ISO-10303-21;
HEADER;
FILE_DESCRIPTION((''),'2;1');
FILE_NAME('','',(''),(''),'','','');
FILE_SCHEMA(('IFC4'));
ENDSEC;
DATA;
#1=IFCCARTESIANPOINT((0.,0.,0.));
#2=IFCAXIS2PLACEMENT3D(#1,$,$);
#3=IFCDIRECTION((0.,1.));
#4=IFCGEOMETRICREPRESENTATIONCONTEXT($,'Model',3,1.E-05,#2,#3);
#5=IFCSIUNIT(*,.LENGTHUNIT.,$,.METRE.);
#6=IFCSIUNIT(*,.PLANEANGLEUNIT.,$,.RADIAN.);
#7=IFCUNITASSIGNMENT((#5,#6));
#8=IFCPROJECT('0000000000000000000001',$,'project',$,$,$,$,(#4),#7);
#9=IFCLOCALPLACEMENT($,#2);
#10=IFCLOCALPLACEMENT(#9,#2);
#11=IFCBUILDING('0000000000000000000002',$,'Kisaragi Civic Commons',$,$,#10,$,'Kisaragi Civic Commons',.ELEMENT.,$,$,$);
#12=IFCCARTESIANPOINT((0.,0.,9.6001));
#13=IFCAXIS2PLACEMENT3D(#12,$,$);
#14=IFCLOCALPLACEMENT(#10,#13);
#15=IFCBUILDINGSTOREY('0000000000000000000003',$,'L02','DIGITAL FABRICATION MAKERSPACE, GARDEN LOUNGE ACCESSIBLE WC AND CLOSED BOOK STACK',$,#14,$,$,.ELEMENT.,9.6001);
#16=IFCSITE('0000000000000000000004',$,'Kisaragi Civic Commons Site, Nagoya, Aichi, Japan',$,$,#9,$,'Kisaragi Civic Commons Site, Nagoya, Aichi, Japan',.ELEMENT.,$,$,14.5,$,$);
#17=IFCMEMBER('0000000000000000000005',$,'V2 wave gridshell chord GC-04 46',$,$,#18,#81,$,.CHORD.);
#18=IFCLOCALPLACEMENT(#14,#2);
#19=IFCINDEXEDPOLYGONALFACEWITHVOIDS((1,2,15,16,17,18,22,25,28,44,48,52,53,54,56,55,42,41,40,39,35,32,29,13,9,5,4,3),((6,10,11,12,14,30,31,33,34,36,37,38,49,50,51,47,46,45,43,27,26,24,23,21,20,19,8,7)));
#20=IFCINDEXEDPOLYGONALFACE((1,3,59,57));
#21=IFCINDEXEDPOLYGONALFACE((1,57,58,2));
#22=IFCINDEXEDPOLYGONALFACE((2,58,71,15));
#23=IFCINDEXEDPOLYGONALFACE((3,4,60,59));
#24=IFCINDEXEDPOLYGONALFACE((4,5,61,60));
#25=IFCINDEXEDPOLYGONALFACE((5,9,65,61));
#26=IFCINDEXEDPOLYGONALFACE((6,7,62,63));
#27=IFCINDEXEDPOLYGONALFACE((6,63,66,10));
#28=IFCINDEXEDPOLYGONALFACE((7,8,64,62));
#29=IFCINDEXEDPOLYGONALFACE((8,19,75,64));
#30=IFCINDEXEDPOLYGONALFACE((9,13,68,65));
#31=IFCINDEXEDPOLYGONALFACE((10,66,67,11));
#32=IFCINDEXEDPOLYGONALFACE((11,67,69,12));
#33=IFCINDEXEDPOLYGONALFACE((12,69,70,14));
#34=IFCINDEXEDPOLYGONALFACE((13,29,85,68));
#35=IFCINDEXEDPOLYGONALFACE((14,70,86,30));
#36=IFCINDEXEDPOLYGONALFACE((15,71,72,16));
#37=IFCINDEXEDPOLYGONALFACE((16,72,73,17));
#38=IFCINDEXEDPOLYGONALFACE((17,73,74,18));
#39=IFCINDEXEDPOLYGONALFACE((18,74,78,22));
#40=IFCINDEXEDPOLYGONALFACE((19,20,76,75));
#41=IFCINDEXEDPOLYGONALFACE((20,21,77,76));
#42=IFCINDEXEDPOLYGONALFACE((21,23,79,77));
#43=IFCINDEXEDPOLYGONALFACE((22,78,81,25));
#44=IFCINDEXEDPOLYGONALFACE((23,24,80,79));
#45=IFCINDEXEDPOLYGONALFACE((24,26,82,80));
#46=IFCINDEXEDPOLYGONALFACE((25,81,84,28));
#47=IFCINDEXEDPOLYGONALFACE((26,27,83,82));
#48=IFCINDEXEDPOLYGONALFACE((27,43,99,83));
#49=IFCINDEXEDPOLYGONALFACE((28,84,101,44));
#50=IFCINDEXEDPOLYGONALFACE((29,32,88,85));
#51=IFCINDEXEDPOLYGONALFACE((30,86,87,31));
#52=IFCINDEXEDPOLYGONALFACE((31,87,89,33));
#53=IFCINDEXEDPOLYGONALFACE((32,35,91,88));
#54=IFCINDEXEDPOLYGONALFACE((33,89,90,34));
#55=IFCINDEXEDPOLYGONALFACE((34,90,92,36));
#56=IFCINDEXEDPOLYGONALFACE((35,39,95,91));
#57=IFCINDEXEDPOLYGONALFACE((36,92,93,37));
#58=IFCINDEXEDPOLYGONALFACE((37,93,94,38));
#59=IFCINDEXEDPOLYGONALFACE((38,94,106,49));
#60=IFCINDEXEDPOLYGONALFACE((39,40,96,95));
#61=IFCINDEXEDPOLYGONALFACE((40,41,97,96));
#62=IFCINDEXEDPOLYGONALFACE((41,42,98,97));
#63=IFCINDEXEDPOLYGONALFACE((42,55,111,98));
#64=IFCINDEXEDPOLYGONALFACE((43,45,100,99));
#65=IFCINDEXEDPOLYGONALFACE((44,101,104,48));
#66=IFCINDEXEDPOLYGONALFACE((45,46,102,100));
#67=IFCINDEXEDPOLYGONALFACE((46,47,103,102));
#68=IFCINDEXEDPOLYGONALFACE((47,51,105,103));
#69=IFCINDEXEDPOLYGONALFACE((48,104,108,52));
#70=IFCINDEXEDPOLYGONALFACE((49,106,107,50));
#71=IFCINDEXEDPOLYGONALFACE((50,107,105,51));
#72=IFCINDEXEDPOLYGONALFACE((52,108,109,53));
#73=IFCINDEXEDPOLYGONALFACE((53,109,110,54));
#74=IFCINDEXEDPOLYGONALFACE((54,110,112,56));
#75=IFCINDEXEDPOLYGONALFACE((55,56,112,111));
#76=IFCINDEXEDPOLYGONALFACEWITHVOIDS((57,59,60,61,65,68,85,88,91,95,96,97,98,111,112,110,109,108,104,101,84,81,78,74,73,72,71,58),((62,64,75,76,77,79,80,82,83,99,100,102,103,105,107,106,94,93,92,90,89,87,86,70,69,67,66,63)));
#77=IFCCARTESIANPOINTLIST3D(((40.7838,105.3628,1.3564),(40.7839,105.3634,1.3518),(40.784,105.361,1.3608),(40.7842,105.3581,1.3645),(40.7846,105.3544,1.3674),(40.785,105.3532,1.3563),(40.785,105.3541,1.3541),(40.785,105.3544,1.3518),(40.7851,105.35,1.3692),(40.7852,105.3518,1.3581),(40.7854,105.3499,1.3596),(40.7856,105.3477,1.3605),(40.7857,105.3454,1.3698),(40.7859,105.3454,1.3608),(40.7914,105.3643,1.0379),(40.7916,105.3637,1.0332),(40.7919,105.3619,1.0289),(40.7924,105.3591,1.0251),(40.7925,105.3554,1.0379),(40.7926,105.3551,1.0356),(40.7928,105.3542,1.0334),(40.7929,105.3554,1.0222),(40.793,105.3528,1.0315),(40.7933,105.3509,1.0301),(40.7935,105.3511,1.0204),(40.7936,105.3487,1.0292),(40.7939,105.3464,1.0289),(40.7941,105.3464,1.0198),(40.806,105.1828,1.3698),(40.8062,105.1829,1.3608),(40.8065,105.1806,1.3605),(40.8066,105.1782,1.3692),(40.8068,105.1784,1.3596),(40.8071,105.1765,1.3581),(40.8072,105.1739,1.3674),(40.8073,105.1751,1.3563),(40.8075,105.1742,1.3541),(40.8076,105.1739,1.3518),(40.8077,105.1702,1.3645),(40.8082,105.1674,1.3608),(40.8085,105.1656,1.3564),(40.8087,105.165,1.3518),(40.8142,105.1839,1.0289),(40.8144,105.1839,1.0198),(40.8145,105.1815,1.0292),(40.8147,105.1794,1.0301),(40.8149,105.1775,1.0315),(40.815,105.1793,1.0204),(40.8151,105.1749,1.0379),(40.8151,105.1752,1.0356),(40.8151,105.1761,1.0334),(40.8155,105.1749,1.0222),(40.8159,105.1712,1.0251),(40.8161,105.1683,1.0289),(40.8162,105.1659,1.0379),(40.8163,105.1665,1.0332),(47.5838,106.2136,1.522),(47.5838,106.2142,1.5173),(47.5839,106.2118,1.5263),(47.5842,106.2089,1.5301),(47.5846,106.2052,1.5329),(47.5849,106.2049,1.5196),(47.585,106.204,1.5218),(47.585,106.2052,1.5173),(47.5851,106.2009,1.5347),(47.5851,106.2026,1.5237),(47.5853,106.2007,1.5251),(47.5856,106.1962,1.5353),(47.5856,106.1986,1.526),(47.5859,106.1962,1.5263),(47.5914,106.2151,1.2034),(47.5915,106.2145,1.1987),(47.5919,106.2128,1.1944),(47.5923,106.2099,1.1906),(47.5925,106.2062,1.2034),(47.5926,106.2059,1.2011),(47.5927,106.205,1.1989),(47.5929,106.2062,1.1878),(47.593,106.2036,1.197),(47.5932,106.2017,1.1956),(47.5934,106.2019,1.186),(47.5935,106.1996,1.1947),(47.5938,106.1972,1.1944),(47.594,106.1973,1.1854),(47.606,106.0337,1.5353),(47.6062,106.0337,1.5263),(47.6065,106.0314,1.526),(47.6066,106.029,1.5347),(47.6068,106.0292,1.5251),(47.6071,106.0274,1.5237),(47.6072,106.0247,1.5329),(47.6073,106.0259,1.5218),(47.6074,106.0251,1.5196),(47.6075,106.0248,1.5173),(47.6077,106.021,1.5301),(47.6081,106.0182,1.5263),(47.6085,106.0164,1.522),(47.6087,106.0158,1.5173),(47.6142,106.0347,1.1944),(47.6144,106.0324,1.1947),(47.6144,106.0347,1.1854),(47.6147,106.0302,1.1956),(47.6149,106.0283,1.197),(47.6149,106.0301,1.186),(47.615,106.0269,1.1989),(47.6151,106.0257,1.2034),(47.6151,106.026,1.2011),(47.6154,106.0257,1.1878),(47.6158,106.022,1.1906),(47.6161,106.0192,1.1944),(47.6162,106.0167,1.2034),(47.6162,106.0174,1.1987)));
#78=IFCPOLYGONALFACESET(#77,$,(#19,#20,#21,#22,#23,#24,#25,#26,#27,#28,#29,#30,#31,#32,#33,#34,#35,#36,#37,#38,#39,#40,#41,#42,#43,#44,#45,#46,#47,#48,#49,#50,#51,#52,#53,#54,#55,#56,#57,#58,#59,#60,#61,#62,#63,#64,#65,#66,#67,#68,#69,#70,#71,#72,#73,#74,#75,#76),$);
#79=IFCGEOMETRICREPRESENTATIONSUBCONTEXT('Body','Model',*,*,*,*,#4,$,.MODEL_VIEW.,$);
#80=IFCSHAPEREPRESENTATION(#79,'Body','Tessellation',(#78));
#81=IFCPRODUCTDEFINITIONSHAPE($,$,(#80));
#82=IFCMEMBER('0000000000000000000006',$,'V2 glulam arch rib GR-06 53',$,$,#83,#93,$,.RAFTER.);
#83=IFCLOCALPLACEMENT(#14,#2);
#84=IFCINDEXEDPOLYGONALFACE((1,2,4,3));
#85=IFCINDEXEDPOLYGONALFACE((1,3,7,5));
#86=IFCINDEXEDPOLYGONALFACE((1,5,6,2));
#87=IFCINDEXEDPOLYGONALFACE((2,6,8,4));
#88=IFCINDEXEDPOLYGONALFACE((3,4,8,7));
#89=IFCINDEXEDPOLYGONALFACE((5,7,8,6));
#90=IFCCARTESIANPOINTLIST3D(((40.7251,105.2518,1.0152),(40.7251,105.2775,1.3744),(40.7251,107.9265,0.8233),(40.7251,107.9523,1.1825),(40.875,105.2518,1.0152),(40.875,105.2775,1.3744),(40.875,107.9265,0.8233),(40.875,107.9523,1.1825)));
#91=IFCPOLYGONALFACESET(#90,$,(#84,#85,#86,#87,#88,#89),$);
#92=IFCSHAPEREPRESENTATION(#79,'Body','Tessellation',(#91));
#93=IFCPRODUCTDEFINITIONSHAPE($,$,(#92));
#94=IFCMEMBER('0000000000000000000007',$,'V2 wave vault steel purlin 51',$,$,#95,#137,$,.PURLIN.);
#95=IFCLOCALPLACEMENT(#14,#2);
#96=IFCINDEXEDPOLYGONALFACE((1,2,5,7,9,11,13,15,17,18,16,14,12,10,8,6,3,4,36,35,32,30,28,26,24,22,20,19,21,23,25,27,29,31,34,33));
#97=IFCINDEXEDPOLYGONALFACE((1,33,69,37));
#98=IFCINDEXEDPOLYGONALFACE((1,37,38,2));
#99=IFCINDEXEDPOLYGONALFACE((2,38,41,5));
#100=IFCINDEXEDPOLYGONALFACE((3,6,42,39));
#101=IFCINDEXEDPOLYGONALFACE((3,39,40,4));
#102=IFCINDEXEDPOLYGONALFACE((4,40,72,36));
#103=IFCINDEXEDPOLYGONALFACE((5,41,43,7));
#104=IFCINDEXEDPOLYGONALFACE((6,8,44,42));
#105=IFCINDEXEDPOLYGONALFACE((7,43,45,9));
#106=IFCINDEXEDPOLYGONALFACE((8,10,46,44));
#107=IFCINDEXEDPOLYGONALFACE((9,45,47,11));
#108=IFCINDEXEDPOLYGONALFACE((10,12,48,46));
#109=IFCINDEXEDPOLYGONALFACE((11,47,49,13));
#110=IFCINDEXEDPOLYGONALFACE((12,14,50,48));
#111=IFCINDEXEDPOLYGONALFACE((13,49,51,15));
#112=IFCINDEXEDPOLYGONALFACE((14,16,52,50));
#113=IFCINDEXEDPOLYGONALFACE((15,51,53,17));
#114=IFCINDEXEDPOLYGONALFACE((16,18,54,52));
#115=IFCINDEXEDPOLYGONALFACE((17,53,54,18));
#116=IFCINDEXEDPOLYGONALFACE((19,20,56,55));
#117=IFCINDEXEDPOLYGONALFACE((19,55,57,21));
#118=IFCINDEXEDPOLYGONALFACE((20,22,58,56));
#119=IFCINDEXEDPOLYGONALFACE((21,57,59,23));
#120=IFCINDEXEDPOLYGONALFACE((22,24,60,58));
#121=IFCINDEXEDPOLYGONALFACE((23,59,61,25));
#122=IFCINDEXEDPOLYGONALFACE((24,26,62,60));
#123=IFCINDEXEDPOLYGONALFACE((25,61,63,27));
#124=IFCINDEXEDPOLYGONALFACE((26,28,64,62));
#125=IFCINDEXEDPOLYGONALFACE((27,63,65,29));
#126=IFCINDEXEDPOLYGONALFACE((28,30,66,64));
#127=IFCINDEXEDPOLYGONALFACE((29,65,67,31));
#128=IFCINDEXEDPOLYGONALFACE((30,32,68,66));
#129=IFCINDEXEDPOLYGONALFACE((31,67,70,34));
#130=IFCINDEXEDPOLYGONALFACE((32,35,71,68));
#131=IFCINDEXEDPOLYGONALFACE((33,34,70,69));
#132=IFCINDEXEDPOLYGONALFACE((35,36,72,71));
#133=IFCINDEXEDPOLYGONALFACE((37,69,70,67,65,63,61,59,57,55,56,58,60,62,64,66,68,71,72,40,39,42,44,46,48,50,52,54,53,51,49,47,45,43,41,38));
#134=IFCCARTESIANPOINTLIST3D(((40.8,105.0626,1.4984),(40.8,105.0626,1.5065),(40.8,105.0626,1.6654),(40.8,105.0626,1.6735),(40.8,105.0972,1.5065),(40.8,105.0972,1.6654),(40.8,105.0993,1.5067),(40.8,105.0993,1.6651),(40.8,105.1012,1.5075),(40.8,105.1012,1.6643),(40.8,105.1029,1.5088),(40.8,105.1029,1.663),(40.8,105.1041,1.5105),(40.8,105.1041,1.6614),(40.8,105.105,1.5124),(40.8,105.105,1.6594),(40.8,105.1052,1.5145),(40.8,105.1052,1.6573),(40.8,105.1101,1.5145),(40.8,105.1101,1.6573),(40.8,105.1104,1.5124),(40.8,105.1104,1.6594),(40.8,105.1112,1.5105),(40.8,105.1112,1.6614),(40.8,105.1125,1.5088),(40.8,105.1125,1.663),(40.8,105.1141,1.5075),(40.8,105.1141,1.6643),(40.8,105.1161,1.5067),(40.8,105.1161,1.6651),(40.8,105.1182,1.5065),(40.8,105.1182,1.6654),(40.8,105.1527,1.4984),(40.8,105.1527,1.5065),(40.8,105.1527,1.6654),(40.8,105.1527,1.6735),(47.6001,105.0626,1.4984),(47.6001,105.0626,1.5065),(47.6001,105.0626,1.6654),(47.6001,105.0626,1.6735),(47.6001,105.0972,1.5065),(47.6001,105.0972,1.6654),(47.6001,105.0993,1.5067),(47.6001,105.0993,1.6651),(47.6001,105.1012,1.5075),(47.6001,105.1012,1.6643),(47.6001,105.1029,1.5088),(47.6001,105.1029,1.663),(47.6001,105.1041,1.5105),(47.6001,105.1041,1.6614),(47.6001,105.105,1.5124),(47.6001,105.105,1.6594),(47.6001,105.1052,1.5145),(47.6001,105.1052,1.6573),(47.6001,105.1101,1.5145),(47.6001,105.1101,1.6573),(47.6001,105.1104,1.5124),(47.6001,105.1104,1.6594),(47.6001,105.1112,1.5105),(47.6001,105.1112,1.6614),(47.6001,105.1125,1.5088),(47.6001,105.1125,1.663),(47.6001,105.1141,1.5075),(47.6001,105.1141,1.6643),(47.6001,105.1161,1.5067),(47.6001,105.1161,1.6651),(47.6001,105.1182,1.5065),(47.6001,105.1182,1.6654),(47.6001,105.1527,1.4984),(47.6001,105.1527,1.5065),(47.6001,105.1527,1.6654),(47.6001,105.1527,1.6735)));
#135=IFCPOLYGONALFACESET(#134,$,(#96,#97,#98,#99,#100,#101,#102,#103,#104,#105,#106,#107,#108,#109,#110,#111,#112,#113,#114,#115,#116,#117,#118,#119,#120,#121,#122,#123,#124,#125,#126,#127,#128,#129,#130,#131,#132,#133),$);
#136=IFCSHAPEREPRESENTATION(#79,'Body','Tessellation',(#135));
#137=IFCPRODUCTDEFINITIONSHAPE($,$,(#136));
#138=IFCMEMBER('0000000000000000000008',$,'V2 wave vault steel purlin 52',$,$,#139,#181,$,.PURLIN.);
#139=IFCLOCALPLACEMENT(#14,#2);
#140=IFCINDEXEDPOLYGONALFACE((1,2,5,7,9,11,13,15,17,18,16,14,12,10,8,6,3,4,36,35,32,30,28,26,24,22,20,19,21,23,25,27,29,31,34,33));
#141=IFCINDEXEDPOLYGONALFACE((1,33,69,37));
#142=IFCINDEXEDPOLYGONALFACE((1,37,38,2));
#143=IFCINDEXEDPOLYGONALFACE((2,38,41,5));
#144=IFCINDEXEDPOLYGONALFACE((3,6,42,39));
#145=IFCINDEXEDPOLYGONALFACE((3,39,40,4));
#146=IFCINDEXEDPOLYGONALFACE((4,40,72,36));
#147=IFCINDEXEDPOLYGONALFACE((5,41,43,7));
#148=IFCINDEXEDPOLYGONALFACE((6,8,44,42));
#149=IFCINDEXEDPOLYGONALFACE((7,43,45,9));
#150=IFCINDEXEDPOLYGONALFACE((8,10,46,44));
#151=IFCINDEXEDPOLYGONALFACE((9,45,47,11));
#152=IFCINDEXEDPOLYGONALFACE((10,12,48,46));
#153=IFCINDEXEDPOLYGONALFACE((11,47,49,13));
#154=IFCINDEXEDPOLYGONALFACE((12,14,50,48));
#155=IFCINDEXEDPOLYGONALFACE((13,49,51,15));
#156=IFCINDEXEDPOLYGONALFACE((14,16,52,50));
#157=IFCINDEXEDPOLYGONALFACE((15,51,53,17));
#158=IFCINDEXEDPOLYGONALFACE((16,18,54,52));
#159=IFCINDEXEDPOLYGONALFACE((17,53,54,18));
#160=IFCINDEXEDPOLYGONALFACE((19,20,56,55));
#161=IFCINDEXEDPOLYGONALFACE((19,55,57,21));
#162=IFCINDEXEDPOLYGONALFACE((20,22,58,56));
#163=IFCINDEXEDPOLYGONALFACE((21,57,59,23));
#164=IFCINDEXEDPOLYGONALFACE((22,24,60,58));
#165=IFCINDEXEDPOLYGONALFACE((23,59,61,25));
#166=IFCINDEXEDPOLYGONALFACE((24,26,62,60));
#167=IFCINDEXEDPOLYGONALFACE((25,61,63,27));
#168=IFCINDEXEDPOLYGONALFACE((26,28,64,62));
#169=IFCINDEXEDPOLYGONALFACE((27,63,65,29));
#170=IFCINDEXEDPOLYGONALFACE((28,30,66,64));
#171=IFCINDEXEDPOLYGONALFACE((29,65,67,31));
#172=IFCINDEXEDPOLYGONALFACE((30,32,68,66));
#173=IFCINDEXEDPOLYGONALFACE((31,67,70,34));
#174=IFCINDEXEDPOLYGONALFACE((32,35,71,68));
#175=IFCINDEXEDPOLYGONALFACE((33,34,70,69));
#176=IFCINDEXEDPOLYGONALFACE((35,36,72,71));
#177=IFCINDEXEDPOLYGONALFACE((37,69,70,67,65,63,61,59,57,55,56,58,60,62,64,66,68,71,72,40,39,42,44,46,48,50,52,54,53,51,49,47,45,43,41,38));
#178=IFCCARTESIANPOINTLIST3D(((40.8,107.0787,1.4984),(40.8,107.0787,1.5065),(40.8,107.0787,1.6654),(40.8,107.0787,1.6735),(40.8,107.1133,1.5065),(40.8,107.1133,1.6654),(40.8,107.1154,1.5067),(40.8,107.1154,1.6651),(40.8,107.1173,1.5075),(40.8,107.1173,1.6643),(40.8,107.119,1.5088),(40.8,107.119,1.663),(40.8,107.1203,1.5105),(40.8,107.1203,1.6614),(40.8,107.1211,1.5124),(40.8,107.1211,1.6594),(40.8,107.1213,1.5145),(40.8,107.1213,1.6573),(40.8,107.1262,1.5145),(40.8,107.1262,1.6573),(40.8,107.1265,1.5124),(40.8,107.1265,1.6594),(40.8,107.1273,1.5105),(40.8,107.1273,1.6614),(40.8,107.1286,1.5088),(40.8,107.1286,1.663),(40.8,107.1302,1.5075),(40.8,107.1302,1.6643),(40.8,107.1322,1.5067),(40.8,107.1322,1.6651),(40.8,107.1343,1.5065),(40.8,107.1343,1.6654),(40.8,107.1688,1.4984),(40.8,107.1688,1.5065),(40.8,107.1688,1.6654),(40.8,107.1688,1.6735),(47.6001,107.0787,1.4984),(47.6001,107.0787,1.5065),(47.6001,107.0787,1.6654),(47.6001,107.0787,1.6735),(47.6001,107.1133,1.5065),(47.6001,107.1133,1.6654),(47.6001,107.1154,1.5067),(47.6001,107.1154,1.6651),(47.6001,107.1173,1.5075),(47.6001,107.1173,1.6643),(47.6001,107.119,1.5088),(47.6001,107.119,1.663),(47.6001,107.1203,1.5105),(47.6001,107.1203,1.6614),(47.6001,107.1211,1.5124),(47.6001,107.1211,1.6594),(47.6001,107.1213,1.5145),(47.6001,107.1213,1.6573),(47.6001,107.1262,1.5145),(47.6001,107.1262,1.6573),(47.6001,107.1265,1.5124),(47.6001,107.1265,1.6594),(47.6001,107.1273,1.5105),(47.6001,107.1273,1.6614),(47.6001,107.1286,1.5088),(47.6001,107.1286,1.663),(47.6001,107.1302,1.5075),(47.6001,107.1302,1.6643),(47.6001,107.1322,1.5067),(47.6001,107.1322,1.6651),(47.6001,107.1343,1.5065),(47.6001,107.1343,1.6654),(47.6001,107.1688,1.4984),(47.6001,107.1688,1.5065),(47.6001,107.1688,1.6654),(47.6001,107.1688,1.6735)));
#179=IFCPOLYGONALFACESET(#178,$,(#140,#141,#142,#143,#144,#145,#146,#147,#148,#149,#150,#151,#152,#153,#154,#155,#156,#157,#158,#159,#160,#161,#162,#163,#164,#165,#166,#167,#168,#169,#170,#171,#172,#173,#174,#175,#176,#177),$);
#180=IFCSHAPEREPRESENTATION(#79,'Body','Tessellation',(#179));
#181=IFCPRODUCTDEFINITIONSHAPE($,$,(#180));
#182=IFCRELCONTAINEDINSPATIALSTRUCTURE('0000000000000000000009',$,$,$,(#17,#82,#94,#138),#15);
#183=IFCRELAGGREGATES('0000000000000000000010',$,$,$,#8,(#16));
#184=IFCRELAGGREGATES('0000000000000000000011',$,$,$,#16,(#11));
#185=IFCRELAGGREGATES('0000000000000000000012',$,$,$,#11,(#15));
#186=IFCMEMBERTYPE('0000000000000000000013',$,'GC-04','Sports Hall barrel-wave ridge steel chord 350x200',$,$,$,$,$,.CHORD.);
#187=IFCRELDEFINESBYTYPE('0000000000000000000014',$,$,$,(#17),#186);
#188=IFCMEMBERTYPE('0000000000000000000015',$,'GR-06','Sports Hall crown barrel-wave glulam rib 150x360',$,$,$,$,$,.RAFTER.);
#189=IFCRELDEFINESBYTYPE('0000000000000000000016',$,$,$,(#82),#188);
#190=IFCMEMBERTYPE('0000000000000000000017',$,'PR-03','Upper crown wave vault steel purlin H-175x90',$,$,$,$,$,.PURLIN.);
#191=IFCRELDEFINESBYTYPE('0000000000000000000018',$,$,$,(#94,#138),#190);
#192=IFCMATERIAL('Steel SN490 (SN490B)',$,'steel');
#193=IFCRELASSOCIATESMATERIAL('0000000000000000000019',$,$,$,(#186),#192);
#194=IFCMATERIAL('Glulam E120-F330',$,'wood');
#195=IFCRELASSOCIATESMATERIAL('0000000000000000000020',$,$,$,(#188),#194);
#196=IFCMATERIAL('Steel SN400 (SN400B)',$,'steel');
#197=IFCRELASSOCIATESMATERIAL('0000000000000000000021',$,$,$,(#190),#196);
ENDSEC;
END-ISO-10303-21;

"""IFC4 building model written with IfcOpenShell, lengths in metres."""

from ifc_helpers import new_model, si_unit, direction, frame, origin, origin_2d, place, context, subcontext, project, spatial, rectangle, hollow_rectangle, i_section, extrude, material, material_profile, profile_set, type_object, element, save


model = new_model("IFC4")

# Units and contexts
model_context = context("Model", 3, precision=1e-05, world=origin(), true_north=direction((0.0, 1.0)))
body_context = subcontext(model_context, "Body", "Model", "MODEL_VIEW")
ifc_project = project(units=[si_unit("LENGTHUNIT", "METRE"), si_unit("PLANEANGLEUNIT", "RADIAN")], contexts=[model_context])

# Site, building, storey
site_placement = place(None, origin())
site = spatial("IfcSite", under=ifc_project, at=site_placement, Name="Kisaragi Civic Commons Site, Nagoya, Aichi, Japan", LongName="Kisaragi Civic Commons Site, Nagoya, Aichi, Japan", CompositionType="ELEMENT", RefElevation=14.5)
building_placement = place(site_placement, origin())
building = spatial("IfcBuilding", under=site, at=building_placement, Name="Kisaragi Civic Commons", LongName="Kisaragi Civic Commons", CompositionType="ELEMENT")
storey_placement = place(building_placement, frame((0.0, 0.0, 9.6001)))
storey = spatial("IfcBuildingStorey", under=building, at=storey_placement, Name="L02", Description="DIGITAL FABRICATION MAKERSPACE, GARDEN LOUNGE ACCESSIBLE WC AND CLOSED BOOK STACK", CompositionType="ELEMENT", Elevation=9.6001)

# Members
ifc_material_1 = material(Name="Steel SN490 (SN490B)", Category="steel")
ifc_material_profile_1 = material_profile(ifc_material_1, hollow_rectangle(XDim=0.2, YDim=0.3501, WallThickness=0.009, InnerFilletRadius=0.009, OuterFilletRadius=0.0181, at=origin_2d()), Name="STKR-350x200x9", Category="steel")
ifc_profile_set_1 = profile_set([ifc_material_profile_1], Name="Steel SN490 (SN490B)")
member_type_1 = type_object("IfcMemberType", Name="GC-04", Description="Sports Hall barrel-wave ridge steel chord 350x200", PredefinedType="CHORD", material=ifc_profile_set_1)
member_1_placement = place(storey_placement, frame((40.8, 105.2646, 1.1948), z_axis=(0.991974, 0.124117, 0.024147), x_axis=(-0.124153, 0.992263, 0.0)))
element("IfcMember", 1, at=member_1_placement, inside=storey, type_object=member_type_1, Name="V2 wave gridshell chord GC-04 46", PredefinedType="CHORD", context=body_context, shape_type="SweptSolid", body=[
    extrude(hollow_rectangle(XDim=0.2, YDim=0.3501, WallThickness=0.009, InnerFilletRadius=0.009, OuterFilletRadius=0.0181, at=origin_2d()), origin(), (0.0, 0.0, 1.0), 6.855),
])
ifc_material_2 = material(Name="Glulam E120-F330", Category="wood")
ifc_material_profile_2 = material_profile(ifc_material_2, rectangle(XDim=0.1499, YDim=0.3601, at=origin_2d()), Name="GL-150x360", Category="wood")
ifc_profile_set_2 = profile_set([ifc_material_profile_2], Name="Glulam E120-F330")
member_type_2 = type_object("IfcMemberType", Name="GR-06", Description="Sports Hall crown barrel-wave glulam rib 150x360", PredefinedType="RAFTER", material=ifc_profile_set_2)
member_2_placement = place(storey_placement, frame((40.8, 105.2646, 1.1948), z_axis=(0.0, 0.997436, -0.071558), x_axis=(-1.0, 0.0, 0.0)))
element("IfcMember", 2, at=member_2_placement, inside=storey, type_object=member_type_2, Name="V2 glulam arch rib GR-06 53", PredefinedType="RAFTER", context=body_context, shape_type="SweptSolid", body=[
    extrude(rectangle(XDim=0.1499, YDim=0.3601, at=origin_2d()), origin(), (0.0, 0.0, 1.0), 2.6816),
])
ifc_material_3 = material(Name="Steel SN400 (SN400B)", Category="steel")
ifc_material_profile_3 = material_profile(ifc_material_3, i_section(OverallWidth=0.0901, OverallDepth=0.175, WebThickness=0.0049, FlangeThickness=0.0081, FilletRadius=0.0081, at=origin_2d()), Name="H-175x90x5x8", Category="steel")
ifc_profile_set_3 = profile_set([ifc_material_profile_3], Name="Steel SN400 (SN400B)")
member_type_3 = type_object("IfcMemberType", Name="PR-03", Description="Upper crown wave vault steel purlin H-175x90", PredefinedType="PURLIN", material=ifc_profile_set_3)
for number, where, z_axis, x_axis, name in (
    (3, (40.8, 105.1077, 1.5859), (1.0, 0.0, 0.0), (0.0, 1.0, 0.0), "V2 wave vault steel purlin 51"),
    (4, (40.8, 107.1238, 1.5859), (1.0, 0.0, 0.0), (0.0, 1.0, 0.0), "V2 wave vault steel purlin 52"),
):
    element("IfcMember", number, at=place(storey_placement, frame(where, z_axis=z_axis, x_axis=x_axis)), inside=storey, type_object=member_type_3, Name=name, PredefinedType="PURLIN", context=body_context, shape_type="SweptSolid", body=[
        extrude(i_section(OverallWidth=0.0901, OverallDepth=0.175, WebThickness=0.0049, FlangeThickness=0.0081, FilletRadius=0.0081, at=origin_2d()), origin(), (0.0, 0.0, 1.0), 6.8),
    ])

save(model, "model.ifc")
